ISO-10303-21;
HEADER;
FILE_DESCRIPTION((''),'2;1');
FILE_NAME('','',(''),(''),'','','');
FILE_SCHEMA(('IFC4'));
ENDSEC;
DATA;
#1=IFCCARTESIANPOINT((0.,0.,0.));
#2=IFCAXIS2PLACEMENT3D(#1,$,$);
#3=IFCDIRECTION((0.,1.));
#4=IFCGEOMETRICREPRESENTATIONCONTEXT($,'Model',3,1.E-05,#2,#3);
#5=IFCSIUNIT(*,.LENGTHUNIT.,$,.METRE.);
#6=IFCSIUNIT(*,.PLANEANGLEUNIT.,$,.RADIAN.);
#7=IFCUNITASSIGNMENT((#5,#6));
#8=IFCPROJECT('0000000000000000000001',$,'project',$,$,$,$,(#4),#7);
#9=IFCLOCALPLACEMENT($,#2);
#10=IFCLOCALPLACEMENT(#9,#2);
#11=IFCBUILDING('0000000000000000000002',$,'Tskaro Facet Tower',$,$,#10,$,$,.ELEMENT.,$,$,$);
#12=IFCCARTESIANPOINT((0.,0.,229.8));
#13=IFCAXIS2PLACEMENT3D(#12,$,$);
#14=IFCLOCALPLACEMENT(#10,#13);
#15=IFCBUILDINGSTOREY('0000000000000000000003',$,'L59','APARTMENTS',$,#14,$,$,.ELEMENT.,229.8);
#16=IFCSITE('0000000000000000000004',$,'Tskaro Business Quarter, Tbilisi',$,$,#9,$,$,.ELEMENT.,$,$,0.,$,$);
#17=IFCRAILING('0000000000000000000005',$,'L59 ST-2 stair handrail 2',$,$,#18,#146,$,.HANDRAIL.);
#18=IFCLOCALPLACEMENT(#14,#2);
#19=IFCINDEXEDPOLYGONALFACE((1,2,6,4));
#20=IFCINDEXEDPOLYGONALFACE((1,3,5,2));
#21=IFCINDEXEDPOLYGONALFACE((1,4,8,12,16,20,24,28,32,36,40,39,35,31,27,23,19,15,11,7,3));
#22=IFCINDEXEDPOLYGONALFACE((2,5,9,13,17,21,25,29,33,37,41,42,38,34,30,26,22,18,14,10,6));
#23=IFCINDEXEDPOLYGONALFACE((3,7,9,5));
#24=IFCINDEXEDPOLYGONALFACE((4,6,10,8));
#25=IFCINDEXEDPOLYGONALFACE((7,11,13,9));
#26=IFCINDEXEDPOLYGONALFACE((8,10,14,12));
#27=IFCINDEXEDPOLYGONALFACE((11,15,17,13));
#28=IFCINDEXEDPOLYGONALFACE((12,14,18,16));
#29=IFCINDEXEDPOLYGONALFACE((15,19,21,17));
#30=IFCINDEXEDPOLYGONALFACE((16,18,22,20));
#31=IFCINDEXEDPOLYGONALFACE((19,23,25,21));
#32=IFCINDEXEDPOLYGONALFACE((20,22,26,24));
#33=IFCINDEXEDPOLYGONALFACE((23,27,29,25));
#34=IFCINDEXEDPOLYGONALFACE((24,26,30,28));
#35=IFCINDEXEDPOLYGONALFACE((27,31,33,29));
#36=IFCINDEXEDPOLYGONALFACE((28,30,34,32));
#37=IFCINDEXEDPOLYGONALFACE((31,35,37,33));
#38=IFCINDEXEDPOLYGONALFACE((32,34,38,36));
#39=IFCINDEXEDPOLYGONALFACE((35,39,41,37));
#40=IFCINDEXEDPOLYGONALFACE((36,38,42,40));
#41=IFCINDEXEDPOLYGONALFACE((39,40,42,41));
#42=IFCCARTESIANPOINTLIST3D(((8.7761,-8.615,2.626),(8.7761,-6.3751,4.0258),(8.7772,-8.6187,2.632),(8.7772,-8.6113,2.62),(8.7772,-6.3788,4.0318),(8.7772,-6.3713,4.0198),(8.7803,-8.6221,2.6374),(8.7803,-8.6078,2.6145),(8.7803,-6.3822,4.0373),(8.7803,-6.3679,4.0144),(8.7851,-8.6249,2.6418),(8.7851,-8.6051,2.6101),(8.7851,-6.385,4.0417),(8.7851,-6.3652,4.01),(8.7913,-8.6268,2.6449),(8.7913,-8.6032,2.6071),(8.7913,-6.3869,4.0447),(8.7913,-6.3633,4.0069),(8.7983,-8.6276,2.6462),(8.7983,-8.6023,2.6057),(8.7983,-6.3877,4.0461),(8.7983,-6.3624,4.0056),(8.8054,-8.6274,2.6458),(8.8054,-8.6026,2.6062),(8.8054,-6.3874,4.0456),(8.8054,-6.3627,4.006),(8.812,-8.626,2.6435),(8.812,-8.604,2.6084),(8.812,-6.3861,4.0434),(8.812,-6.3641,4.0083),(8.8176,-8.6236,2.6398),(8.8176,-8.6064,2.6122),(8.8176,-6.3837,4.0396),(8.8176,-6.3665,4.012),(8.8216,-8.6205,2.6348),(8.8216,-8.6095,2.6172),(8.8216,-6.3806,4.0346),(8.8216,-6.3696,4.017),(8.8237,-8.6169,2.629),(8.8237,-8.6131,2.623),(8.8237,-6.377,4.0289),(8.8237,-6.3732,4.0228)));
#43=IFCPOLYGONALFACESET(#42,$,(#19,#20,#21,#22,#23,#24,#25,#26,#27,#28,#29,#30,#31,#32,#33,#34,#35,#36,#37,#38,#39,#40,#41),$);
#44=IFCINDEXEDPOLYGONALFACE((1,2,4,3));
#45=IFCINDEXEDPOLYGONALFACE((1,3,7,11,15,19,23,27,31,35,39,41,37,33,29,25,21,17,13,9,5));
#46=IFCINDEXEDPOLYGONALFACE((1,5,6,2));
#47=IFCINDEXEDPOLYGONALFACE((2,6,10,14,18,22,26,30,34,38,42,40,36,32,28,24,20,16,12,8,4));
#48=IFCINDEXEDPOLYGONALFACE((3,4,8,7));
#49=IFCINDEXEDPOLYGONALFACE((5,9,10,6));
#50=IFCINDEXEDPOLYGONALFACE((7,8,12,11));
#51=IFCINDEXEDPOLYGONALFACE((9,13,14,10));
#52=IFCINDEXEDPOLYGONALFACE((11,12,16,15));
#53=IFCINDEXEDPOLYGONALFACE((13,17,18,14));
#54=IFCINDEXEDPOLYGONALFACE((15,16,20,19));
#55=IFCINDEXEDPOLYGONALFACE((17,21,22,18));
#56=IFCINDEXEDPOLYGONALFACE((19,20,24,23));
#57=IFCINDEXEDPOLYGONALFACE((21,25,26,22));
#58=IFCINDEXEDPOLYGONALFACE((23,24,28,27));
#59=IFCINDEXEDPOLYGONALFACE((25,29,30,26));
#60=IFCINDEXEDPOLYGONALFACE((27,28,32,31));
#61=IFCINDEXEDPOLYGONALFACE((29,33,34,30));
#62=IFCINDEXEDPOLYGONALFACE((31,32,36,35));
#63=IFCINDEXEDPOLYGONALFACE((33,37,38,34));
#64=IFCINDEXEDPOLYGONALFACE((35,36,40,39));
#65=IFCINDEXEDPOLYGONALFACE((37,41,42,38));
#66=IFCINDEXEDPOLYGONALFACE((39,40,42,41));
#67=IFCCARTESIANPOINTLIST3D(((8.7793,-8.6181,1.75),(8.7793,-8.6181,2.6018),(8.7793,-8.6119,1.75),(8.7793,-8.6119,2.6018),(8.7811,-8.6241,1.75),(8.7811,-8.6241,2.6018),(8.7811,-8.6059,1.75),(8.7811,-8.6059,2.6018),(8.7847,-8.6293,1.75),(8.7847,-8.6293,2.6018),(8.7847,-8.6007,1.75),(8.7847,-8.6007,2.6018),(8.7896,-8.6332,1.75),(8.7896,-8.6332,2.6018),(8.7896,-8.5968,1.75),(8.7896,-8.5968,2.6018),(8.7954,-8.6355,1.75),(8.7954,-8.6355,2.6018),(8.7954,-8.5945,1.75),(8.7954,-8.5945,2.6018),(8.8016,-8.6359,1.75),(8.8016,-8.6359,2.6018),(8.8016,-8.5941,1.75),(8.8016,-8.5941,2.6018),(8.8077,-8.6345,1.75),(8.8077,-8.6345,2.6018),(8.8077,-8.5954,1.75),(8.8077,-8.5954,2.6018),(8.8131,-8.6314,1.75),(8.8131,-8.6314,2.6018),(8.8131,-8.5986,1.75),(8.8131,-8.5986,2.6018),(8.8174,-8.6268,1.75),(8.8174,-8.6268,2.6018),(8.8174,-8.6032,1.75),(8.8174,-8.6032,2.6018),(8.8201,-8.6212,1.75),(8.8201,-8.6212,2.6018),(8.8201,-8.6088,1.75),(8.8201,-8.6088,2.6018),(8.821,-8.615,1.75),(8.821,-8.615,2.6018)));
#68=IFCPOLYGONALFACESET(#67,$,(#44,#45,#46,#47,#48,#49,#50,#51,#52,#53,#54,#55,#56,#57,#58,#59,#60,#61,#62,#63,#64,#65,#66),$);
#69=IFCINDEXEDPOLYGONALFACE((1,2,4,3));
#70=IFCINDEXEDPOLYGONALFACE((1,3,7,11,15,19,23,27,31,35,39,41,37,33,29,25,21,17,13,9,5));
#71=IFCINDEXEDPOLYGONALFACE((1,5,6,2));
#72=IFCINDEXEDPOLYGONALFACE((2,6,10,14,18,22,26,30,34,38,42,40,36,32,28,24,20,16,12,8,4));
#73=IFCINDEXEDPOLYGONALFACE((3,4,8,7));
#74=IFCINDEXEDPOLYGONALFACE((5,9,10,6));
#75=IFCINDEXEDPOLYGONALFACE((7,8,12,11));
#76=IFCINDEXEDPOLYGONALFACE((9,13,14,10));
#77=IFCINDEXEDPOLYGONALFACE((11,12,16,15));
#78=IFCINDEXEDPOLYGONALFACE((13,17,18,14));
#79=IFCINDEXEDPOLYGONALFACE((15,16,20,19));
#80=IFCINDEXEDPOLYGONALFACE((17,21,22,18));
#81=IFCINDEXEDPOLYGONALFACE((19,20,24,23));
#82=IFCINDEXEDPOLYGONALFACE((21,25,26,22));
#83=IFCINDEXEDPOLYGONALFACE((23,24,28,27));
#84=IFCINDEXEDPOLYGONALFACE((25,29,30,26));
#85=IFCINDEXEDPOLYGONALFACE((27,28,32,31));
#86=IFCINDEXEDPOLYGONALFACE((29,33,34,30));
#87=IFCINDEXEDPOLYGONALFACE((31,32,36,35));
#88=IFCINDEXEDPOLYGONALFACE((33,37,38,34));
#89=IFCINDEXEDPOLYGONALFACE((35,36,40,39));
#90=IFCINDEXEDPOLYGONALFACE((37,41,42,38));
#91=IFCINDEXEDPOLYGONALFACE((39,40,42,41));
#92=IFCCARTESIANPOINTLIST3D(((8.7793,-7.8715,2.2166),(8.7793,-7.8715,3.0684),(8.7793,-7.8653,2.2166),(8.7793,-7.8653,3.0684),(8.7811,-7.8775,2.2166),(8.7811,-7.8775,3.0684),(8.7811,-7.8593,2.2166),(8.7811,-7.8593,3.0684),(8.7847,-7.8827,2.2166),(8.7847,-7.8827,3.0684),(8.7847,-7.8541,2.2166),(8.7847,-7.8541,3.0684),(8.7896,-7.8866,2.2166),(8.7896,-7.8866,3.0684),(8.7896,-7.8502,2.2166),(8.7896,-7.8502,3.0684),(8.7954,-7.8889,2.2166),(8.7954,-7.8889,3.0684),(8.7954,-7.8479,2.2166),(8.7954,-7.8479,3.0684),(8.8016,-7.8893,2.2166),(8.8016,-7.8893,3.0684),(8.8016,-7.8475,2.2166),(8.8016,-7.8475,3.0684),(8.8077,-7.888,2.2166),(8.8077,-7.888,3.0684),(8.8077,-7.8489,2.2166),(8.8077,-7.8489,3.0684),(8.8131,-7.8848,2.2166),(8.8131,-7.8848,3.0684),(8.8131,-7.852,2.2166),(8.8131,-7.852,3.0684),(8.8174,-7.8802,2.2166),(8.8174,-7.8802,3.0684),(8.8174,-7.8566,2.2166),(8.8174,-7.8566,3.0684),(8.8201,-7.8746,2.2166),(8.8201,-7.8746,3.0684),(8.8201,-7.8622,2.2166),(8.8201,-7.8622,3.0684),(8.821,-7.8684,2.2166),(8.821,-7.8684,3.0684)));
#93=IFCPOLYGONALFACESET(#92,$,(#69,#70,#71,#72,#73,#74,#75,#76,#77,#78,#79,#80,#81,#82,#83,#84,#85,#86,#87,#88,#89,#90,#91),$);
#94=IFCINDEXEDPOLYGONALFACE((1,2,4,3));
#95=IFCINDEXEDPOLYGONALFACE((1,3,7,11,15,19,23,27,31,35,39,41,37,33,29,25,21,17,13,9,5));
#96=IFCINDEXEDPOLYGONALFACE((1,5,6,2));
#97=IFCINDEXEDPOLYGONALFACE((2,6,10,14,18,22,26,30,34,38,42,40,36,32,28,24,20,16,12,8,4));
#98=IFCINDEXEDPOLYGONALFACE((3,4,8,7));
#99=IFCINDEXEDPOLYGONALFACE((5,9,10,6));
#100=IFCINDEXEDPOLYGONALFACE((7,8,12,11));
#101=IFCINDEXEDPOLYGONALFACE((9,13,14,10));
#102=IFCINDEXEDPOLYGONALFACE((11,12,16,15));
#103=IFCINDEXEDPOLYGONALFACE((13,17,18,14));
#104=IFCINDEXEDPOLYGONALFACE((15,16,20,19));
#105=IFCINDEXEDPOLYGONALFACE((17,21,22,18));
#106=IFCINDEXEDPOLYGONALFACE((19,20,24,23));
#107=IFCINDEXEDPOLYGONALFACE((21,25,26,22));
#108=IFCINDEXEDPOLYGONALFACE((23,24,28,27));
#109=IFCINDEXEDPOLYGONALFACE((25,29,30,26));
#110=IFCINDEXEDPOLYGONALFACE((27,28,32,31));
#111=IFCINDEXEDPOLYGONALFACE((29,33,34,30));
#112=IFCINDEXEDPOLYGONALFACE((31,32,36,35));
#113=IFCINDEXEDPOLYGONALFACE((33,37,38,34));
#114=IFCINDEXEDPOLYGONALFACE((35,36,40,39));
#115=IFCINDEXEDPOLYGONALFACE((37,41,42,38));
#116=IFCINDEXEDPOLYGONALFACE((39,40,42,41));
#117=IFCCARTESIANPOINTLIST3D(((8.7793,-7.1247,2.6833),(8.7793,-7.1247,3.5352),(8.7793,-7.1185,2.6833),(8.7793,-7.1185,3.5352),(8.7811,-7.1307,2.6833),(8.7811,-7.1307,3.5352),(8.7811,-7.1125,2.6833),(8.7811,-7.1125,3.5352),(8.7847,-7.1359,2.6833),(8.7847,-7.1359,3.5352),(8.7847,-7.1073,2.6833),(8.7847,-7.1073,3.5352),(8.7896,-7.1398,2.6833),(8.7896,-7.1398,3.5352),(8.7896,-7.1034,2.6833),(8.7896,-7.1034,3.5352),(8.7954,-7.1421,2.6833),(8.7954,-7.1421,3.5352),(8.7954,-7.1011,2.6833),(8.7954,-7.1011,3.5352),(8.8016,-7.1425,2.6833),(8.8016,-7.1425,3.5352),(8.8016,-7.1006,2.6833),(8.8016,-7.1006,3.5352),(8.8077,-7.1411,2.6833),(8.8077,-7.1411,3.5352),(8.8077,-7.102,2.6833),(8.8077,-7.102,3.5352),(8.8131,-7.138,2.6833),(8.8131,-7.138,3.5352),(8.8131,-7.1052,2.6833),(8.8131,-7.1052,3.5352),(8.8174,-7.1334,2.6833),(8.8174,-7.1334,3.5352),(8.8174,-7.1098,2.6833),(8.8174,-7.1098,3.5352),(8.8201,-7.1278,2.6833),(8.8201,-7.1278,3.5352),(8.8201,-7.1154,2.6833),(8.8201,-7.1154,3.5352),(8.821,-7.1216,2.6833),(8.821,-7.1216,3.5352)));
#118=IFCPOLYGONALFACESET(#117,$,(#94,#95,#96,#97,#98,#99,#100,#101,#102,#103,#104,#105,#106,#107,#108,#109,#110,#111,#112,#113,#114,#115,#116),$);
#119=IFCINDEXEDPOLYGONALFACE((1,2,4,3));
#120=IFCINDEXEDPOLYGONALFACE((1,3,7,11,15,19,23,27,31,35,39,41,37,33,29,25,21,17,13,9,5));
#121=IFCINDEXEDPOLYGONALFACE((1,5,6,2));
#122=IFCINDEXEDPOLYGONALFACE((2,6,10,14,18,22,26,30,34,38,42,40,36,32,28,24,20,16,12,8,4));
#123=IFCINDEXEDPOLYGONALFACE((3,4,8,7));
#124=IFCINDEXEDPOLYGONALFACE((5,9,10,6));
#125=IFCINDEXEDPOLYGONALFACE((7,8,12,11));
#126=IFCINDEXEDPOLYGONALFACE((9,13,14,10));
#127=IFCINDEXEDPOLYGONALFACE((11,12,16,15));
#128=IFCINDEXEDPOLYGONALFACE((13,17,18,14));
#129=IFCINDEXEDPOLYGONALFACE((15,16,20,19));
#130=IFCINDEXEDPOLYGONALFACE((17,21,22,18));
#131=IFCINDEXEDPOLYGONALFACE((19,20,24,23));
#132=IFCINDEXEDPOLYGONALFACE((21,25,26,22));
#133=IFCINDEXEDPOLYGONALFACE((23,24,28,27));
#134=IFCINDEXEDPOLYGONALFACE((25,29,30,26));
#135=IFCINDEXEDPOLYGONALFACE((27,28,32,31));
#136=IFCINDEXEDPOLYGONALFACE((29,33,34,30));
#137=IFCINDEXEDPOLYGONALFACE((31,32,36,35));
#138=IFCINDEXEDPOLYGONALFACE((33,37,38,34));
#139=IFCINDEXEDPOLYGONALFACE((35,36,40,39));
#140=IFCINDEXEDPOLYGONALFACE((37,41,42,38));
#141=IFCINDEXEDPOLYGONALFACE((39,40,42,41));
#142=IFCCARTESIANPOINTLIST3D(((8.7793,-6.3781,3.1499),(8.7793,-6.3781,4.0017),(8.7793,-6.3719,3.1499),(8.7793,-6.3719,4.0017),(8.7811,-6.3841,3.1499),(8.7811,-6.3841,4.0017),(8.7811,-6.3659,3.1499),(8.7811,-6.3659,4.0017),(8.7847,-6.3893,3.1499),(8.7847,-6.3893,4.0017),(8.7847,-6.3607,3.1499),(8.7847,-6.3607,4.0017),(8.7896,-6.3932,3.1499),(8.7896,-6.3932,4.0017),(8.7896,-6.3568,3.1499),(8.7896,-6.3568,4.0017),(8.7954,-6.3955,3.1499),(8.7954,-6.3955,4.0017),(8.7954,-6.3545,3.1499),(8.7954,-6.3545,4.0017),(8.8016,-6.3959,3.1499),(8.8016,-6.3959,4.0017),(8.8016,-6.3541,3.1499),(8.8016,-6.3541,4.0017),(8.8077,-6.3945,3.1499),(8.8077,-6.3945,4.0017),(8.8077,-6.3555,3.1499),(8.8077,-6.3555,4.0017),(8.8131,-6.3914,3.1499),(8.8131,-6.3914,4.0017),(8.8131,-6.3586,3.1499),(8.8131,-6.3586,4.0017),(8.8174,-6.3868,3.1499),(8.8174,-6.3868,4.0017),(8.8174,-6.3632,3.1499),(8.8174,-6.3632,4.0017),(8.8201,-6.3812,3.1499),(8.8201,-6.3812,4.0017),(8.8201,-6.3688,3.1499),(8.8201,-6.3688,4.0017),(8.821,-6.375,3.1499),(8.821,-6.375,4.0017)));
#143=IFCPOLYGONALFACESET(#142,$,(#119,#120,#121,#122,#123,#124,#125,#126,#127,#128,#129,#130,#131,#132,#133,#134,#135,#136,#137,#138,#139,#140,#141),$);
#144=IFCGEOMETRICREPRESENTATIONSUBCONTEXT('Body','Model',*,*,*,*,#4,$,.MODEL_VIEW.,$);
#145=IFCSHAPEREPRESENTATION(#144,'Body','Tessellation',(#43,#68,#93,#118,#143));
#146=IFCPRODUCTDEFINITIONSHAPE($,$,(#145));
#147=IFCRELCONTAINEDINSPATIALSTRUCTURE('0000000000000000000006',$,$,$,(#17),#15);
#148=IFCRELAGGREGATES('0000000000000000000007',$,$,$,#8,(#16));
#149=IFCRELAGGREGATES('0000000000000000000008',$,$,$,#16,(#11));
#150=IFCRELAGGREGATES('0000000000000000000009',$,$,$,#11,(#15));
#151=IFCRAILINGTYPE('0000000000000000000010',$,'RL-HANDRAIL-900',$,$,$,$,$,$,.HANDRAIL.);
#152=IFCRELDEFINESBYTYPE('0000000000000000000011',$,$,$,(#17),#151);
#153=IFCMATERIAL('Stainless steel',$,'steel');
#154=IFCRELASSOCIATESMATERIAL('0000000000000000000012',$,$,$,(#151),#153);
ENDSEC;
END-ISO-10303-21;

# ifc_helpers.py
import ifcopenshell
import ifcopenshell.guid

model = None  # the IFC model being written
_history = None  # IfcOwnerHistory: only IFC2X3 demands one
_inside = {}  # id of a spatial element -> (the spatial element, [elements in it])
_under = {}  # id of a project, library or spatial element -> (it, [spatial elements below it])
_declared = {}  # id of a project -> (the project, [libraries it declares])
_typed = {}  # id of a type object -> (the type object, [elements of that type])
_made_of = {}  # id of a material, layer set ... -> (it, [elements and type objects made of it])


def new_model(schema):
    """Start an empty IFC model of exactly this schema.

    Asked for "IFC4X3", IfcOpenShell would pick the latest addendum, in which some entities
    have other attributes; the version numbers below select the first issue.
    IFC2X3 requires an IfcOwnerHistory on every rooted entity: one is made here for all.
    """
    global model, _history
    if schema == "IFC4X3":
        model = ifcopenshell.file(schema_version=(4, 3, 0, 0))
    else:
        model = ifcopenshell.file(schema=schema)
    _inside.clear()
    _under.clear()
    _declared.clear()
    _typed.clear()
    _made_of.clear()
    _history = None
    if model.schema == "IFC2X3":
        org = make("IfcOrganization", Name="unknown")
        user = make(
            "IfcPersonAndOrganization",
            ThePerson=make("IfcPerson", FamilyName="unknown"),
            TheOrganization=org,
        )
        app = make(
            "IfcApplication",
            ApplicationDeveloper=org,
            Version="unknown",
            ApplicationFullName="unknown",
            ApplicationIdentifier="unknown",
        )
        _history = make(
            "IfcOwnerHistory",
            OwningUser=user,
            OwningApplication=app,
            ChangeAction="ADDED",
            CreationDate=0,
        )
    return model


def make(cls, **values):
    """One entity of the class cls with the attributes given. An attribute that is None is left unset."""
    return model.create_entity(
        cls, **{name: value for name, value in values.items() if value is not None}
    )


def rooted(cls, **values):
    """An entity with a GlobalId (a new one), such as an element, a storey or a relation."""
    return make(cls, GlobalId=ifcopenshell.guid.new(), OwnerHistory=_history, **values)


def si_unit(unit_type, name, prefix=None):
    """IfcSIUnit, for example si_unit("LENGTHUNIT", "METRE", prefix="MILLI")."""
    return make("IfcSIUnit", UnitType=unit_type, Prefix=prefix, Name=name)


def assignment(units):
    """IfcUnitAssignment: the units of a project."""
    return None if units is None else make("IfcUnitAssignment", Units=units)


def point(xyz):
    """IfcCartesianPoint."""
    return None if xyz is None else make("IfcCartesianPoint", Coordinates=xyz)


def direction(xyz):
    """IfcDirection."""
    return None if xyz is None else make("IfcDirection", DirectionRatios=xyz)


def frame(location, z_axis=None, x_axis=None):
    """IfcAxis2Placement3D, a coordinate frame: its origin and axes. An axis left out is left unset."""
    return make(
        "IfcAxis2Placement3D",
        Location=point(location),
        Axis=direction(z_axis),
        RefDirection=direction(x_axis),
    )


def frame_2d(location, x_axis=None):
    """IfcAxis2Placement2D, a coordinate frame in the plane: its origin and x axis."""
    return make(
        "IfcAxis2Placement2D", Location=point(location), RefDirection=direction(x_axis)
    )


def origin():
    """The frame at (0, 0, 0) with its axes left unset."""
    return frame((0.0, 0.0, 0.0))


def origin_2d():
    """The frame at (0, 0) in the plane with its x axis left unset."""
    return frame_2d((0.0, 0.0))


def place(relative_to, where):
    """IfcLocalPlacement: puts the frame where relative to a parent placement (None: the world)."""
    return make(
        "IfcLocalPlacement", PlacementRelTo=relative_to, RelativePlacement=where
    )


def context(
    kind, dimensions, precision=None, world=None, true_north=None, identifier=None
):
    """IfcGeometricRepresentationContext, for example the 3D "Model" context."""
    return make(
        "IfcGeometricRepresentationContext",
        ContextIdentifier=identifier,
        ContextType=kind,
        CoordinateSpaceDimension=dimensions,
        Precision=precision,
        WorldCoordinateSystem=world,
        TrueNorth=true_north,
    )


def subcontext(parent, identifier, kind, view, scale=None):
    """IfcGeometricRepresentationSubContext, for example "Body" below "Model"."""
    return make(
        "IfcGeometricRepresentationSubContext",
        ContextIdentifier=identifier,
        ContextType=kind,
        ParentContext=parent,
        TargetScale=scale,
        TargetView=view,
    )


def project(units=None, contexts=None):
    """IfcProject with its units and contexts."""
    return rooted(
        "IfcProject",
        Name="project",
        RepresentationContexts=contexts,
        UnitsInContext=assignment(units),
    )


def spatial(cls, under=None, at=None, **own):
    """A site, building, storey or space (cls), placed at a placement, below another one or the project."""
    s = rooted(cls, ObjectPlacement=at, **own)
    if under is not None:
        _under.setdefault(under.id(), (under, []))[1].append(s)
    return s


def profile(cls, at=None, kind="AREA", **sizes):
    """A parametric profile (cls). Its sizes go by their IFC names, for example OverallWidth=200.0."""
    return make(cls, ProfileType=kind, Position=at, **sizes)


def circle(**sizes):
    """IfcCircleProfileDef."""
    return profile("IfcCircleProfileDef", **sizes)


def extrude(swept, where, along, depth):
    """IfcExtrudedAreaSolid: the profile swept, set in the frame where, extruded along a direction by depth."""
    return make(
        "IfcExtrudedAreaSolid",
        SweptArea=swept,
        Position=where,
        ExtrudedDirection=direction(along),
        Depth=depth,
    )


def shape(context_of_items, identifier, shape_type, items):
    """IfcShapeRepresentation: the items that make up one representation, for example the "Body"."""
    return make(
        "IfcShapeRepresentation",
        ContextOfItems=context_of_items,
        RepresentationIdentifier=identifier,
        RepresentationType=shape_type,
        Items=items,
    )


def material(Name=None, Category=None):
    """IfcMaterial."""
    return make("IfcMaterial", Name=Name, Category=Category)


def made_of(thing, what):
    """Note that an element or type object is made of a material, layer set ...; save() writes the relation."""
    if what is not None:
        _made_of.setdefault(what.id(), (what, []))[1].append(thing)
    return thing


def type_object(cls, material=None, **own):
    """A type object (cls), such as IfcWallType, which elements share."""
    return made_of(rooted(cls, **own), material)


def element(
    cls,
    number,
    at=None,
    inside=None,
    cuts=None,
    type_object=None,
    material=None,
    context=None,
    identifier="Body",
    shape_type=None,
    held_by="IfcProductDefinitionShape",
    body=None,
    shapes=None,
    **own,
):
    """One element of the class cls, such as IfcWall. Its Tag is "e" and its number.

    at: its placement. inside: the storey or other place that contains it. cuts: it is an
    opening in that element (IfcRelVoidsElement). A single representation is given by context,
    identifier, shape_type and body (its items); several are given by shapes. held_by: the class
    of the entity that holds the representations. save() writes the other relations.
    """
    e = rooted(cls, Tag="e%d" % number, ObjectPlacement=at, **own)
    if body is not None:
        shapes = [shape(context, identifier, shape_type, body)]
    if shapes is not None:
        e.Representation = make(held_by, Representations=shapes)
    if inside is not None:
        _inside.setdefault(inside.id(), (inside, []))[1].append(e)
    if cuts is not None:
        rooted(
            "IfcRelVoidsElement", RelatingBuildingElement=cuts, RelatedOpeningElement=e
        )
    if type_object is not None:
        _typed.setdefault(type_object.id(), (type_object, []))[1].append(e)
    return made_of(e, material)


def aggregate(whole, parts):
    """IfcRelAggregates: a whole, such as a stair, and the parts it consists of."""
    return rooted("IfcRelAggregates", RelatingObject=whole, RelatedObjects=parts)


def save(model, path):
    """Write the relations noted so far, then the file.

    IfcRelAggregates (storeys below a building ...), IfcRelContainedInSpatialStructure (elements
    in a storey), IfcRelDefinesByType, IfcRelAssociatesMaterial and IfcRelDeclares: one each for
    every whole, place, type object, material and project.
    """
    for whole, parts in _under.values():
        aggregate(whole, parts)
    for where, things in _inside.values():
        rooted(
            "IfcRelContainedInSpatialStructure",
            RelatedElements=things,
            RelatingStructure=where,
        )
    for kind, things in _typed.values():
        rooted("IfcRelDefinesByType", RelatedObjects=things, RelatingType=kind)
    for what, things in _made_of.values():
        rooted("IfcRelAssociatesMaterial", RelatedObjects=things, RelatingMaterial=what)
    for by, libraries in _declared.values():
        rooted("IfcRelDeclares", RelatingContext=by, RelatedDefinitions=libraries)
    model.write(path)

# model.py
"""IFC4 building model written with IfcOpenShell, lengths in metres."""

from ifc_helpers import new_model, si_unit, direction, frame, origin, origin_2d, place, context, subcontext, project, spatial, circle, extrude, material, type_object, element, save


model = new_model("IFC4")

# Units and contexts
model_context = context("Model", 3, precision=1e-05, world=origin(), true_north=direction((0.0, 1.0)))
body_context = subcontext(model_context, "Body", "Model", "MODEL_VIEW")
ifc_project = project(units=[si_unit("LENGTHUNIT", "METRE"), si_unit("PLANEANGLEUNIT", "RADIAN")], contexts=[model_context])

# Site, building, storey
site_placement = place(None, origin())
site = spatial("IfcSite", under=ifc_project, at=site_placement, Name="Tskaro Business Quarter, Tbilisi", CompositionType="ELEMENT", RefElevation=0.0)
building_placement = place(site_placement, origin())
building = spatial("IfcBuilding", under=site, at=building_placement, Name="Tskaro Facet Tower", CompositionType="ELEMENT")
storey_placement = place(building_placement, frame((0.0, 0.0, 229.8)))
storey = spatial("IfcBuildingStorey", under=building, at=storey_placement, Name="L59", Description="APARTMENTS", CompositionType="ELEMENT", Elevation=229.8)

# Railing
ifc_material_1 = material(Name="Stainless steel", Category="steel")
railing_type_1 = type_object("IfcRailingType", Name="RL-HANDRAIL-900", PredefinedType="HANDRAIL", material=ifc_material_1)
railing_1_placement = place(storey_placement, frame((8.8, -8.615, 1.75)))
element("IfcRailing", 1, at=railing_1_placement, inside=storey, type_object=railing_type_1, Name="L59 ST-2 stair handrail 2", PredefinedType="HANDRAIL", context=body_context, shape_type="SweptSolid", body=[
    extrude(circle(Radius=0.0239, at=origin_2d()), frame((0.0, 0.0, 0.876), z_axis=(0.0, 0.848014, 0.529974), x_axis=(-1.0, 0.0, 0.0)), (0.0, 0.0, 1.0), 2.6414),
    extrude(circle(Radius=0.021, at=origin_2d()), origin(), (0.0, 0.0, 1.0), 0.8518),
    extrude(circle(Radius=0.021, at=origin_2d()), frame((0.0, 0.7466, 0.4666)), (0.0, 0.0, 1.0), 0.8518),
    extrude(circle(Radius=0.021, at=origin_2d()), frame((0.0, 1.4934, 0.9333)), (0.0, 0.0, 1.0), 0.8518),
    extrude(circle(Radius=0.021, at=origin_2d()), frame((0.0, 2.24, 1.3999)), (0.0, 0.0, 1.0), 0.8518),
])

save(model, "model.ifc")
